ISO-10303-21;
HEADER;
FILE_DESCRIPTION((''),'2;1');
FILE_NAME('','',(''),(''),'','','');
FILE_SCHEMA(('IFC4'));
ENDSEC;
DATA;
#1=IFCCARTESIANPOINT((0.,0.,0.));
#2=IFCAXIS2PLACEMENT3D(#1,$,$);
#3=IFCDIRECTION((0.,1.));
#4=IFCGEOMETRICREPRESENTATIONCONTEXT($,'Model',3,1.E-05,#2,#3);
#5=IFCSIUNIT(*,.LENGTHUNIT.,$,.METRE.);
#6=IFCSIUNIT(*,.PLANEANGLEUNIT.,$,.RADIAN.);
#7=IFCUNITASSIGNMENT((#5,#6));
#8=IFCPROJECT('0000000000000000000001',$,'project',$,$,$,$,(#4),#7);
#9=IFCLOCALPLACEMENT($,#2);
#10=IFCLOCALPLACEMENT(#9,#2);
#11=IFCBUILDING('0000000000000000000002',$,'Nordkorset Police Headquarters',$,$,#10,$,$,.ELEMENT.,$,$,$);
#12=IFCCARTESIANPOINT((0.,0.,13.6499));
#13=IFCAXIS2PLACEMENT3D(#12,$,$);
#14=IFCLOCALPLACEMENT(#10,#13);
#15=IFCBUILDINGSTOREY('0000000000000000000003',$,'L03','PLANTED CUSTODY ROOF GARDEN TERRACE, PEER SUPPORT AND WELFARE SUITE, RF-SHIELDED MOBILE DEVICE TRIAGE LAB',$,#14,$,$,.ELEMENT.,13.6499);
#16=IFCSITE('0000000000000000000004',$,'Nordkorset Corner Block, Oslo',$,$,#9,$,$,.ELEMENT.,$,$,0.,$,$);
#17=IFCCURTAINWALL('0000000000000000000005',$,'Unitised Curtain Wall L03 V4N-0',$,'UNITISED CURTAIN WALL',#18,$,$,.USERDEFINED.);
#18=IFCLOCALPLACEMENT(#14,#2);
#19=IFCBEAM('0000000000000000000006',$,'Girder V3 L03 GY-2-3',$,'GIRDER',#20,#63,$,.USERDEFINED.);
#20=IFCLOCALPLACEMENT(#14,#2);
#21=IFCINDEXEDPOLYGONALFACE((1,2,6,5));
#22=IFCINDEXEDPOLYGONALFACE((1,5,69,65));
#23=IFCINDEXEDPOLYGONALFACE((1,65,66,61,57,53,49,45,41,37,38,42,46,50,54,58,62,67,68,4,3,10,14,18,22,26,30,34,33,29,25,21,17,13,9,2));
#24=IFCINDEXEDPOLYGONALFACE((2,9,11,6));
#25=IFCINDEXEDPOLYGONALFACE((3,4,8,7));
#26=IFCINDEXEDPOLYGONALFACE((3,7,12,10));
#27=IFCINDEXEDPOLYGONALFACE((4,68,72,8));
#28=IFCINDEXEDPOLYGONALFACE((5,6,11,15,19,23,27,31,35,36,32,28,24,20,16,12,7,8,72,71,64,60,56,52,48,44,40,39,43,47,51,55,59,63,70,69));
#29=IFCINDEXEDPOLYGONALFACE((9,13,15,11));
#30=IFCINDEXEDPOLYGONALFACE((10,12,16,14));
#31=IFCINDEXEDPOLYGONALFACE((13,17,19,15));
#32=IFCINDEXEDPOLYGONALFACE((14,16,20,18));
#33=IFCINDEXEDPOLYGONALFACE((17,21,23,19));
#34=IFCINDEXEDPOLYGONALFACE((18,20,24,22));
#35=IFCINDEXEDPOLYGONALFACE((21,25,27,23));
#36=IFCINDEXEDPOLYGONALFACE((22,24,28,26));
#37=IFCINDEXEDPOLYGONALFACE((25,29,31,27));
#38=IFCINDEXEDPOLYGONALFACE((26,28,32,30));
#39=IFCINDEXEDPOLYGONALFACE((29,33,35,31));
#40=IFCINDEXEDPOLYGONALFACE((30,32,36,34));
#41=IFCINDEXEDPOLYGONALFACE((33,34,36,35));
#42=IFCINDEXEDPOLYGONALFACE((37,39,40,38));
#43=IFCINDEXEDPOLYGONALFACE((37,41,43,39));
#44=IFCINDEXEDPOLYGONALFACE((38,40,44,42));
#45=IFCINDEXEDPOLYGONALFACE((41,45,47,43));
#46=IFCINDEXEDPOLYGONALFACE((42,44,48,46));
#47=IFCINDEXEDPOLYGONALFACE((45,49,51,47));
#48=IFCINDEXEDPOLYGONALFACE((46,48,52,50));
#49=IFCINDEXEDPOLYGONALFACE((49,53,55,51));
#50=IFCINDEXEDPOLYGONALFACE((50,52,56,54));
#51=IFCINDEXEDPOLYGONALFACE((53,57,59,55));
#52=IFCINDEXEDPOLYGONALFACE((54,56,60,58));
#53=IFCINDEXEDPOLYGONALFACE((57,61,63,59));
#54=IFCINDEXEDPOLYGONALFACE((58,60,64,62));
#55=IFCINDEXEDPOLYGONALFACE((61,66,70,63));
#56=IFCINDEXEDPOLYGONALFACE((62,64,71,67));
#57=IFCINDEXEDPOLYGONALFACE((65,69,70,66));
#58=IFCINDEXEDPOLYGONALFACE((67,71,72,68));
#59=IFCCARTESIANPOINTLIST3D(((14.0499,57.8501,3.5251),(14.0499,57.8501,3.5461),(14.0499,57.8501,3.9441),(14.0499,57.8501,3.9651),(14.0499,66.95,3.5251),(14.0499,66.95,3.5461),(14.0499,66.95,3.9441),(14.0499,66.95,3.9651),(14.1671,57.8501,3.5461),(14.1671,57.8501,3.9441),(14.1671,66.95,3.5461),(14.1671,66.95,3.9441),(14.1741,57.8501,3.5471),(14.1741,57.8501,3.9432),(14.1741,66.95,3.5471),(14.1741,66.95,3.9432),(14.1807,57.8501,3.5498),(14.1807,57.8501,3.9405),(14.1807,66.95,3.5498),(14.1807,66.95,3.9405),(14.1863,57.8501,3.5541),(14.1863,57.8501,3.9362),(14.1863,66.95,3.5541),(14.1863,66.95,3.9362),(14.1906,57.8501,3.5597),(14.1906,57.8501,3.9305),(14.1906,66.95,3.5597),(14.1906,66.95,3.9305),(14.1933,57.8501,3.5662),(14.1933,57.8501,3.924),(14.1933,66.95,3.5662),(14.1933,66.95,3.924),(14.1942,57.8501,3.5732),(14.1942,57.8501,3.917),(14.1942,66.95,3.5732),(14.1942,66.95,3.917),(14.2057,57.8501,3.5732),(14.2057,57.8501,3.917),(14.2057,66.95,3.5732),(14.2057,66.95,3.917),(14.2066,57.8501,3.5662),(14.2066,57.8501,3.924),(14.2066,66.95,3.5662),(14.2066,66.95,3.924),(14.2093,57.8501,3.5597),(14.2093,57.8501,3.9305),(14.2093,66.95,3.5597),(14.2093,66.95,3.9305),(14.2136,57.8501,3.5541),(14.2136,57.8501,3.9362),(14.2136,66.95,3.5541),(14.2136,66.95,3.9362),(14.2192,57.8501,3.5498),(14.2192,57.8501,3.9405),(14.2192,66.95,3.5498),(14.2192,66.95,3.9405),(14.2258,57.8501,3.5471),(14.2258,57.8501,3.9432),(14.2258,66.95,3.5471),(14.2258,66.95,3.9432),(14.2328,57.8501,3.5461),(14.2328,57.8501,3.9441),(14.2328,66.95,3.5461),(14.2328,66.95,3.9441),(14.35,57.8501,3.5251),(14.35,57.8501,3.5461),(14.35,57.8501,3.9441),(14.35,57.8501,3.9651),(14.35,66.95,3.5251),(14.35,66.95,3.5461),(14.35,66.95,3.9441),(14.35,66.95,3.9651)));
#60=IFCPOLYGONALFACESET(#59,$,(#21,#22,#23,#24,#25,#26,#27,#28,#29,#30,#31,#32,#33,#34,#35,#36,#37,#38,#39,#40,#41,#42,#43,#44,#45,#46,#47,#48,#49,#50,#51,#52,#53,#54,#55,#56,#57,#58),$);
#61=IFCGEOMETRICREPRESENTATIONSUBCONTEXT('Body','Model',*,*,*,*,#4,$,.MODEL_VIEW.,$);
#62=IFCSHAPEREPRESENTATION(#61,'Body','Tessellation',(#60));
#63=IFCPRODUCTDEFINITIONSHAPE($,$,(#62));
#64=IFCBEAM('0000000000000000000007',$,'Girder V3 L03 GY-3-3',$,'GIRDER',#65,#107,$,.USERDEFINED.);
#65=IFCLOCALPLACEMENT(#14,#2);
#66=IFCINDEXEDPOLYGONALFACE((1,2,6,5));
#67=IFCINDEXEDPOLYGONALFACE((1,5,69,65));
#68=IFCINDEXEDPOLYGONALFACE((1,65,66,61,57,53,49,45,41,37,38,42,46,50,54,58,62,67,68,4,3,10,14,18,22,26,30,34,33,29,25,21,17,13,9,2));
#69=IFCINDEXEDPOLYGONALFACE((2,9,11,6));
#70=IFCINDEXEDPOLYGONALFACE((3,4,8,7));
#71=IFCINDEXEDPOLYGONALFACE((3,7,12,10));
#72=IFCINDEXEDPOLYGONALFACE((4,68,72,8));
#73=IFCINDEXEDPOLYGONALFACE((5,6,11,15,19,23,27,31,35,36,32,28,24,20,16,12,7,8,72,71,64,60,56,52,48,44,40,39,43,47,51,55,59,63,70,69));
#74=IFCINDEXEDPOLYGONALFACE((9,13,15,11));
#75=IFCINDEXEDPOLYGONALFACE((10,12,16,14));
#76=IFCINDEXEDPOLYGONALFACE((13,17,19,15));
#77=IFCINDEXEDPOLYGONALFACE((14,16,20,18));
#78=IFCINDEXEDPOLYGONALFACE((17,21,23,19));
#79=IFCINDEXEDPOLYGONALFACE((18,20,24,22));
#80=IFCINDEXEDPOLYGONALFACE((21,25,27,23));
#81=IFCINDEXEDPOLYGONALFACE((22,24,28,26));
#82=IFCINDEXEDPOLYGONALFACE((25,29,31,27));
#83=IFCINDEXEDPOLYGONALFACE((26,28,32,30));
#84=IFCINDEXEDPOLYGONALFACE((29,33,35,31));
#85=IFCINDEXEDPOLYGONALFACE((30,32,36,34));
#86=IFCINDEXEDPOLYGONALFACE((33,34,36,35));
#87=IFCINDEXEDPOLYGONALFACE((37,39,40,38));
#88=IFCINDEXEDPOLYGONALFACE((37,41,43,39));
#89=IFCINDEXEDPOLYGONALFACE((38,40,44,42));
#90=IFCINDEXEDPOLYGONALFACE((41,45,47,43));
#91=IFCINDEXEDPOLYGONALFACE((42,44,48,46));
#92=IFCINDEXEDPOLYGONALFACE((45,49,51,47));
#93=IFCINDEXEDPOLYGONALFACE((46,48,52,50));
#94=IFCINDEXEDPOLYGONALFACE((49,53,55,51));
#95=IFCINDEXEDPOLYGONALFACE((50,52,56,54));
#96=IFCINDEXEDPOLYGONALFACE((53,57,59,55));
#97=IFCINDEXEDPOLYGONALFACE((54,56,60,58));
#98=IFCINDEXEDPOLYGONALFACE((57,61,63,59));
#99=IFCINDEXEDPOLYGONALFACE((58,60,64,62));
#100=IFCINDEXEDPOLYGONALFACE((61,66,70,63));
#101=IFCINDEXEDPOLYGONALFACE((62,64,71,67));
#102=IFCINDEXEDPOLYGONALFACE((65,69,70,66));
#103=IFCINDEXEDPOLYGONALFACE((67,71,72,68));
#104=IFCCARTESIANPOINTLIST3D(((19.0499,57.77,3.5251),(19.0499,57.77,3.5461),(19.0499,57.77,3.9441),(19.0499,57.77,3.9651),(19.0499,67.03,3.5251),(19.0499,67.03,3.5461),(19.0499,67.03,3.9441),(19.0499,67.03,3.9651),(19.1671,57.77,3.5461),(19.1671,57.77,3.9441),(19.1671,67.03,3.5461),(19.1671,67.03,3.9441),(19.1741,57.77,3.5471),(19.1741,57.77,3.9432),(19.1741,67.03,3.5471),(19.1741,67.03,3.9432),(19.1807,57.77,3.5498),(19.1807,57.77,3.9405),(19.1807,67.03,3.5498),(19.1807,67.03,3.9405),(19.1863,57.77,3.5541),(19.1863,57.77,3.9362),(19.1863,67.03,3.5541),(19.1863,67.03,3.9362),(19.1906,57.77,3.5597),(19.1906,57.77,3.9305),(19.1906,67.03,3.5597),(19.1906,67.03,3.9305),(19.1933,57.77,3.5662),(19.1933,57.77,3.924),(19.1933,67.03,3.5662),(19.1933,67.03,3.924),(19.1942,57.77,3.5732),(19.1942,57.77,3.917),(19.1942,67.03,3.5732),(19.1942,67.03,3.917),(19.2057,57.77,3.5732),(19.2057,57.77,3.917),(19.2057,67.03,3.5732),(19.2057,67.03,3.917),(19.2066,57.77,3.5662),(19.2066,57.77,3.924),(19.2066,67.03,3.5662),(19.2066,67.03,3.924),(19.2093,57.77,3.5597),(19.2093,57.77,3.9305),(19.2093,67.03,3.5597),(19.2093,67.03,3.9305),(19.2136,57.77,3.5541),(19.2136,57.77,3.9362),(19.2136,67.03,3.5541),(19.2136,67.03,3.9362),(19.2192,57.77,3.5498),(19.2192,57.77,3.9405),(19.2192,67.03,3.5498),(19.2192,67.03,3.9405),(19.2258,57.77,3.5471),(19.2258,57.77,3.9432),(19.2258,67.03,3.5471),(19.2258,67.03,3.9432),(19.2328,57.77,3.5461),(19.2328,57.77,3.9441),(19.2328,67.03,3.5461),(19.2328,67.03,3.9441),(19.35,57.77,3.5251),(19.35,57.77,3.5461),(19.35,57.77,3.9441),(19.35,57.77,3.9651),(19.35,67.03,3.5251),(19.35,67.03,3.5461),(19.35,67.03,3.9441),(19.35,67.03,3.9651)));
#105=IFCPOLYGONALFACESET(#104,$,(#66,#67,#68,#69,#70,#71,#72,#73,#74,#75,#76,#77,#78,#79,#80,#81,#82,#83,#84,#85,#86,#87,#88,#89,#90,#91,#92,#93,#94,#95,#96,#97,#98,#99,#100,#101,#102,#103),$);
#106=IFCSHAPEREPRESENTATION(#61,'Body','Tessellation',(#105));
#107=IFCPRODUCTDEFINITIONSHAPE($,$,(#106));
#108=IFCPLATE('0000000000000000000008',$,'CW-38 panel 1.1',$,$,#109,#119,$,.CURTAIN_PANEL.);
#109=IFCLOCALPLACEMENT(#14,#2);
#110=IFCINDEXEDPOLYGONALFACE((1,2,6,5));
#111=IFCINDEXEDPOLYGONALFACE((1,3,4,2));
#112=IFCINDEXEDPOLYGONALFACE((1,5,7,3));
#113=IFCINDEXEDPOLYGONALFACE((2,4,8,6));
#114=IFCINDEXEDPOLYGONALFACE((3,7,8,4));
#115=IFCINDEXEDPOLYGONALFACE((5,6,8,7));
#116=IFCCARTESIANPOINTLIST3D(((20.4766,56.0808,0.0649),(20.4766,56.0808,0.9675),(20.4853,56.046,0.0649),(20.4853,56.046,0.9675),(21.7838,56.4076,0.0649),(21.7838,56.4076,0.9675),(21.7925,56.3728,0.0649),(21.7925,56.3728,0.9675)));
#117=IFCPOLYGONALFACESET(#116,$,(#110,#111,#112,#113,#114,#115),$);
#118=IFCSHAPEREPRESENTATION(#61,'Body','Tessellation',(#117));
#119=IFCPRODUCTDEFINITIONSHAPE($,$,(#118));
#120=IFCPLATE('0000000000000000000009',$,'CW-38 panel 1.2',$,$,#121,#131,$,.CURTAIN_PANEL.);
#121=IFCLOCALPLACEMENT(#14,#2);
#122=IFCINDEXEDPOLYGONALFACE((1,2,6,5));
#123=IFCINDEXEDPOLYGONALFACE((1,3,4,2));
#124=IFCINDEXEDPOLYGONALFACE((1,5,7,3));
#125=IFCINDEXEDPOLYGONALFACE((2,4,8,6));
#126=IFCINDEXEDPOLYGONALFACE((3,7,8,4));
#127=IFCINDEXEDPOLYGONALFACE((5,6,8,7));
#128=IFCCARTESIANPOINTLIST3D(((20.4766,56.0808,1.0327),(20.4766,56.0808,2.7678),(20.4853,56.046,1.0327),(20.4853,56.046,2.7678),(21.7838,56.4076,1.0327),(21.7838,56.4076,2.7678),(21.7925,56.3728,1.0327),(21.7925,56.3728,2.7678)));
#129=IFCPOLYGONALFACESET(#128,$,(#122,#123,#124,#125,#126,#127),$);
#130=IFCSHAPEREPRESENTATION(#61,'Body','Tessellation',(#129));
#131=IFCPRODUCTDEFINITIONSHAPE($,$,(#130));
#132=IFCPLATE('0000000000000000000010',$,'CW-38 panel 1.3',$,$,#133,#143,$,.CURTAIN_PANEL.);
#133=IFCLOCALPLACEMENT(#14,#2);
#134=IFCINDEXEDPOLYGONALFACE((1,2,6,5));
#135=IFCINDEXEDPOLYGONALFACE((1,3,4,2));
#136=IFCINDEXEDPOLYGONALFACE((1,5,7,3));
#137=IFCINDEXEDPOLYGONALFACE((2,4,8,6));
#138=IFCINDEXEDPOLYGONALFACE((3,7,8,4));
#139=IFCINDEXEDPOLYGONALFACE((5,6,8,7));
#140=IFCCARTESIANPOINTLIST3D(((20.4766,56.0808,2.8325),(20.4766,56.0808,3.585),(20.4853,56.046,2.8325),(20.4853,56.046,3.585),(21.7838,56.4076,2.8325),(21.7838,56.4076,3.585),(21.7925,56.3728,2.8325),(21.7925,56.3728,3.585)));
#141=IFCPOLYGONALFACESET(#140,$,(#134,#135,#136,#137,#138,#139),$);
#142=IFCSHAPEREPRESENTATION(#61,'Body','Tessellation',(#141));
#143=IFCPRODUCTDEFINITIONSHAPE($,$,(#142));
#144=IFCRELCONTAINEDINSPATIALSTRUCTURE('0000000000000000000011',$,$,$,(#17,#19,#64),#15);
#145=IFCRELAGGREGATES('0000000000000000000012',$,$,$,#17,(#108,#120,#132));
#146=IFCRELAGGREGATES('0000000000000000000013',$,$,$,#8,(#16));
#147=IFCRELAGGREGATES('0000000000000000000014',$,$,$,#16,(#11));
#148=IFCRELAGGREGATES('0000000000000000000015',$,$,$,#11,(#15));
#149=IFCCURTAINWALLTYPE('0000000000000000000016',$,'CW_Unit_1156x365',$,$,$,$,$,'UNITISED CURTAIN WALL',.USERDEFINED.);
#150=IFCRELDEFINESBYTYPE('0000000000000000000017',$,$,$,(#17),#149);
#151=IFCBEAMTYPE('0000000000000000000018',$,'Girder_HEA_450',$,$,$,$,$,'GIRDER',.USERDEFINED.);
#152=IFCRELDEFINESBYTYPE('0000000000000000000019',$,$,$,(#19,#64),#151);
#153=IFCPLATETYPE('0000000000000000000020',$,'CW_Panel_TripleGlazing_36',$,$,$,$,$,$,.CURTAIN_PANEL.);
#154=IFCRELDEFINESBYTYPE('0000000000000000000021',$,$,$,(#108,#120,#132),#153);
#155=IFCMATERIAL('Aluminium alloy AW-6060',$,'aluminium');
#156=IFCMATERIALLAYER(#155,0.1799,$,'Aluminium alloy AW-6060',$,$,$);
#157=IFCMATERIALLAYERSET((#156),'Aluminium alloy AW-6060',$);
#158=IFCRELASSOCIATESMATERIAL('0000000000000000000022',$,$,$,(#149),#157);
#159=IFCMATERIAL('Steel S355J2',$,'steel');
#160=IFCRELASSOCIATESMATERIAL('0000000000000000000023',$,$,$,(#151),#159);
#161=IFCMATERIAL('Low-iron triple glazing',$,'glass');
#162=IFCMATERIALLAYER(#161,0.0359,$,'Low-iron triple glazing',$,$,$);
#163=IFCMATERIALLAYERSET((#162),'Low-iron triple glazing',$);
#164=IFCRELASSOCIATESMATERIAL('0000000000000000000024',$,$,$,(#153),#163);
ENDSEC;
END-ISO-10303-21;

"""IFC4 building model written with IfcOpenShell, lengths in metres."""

from ifc_helpers import new_model, si_unit, direction, frame, origin, origin_2d, place, context, subcontext, project, spatial, rectangle, i_section, extrude, material, layer, layer_set, material_profile, profile_set, type_object, element, aggregate, save


model = new_model("IFC4")

# Units and contexts
model_context = context("Model", 3, precision=1e-05, world=origin(), true_north=direction((0.0, 1.0)))
body_context = subcontext(model_context, "Body", "Model", "MODEL_VIEW")
ifc_project = project(units=[si_unit("LENGTHUNIT", "METRE"), si_unit("PLANEANGLEUNIT", "RADIAN")], contexts=[model_context])

# Site, building, storey
site_placement = place(None, origin())
site = spatial("IfcSite", under=ifc_project, at=site_placement, Name="Nordkorset Corner Block, Oslo", CompositionType="ELEMENT", RefElevation=0.0)
building_placement = place(site_placement, origin())
building = spatial("IfcBuilding", under=site, at=building_placement, Name="Nordkorset Police Headquarters", CompositionType="ELEMENT")
storey_placement = place(building_placement, frame((0.0, 0.0, 13.6499)))
storey = spatial("IfcBuildingStorey", under=building, at=storey_placement, Name="L03", Description="PLANTED CUSTODY ROOF GARDEN TERRACE, PEER SUPPORT AND WELFARE SUITE, RF-SHIELDED MOBILE DEVICE TRIAGE LAB", CompositionType="ELEMENT", Elevation=13.6499)

# Curtain wall
ifc_material_1 = material(Name="Aluminium alloy AW-6060", Category="aluminium")
ifc_layer_1 = layer(ifc_material_1, 0.1799, Name="Aluminium alloy AW-6060")
ifc_layer_set_1 = layer_set([ifc_layer_1], Name="Aluminium alloy AW-6060")
curtain_wall_type_1 = type_object("IfcCurtainWallType", Name="CW_Unit_1156x365", ElementType="UNITISED CURTAIN WALL", PredefinedType="USERDEFINED", material=ifc_layer_set_1)
curtain_wall_1_placement = place(storey_placement, origin())
curtain_wall_1 = element("IfcCurtainWall", 1, at=curtain_wall_1_placement, inside=storey, type_object=curtain_wall_type_1, Name="Unitised Curtain Wall L03 V4N-0", ObjectType="UNITISED CURTAIN WALL", PredefinedType="USERDEFINED")

# Beams
ifc_material_2 = material(Name="Steel S355J2", Category="steel")
ifc_material_profile_1 = material_profile(ifc_material_2, i_section(OverallWidth=0.3, OverallDepth=0.4399, WebThickness=0.0115, FlangeThickness=0.021, FilletRadius=0.0271, at=origin_2d()), Name="HEA 450")
ifc_profile_set_1 = profile_set([ifc_material_profile_1], Name="Steel S355J2")
beam_type_1 = type_object("IfcBeamType", Name="Girder_HEA_450", ElementType="GIRDER", PredefinedType="USERDEFINED", material=ifc_profile_set_1)
beam_1_placement = place(storey_placement, frame((14.2, 57.8501, 3.7451), z_axis=(0.0, 1.0, 0.0), x_axis=(-1.0, 0.0, 0.0)))
element("IfcBeam", 2, at=beam_1_placement, inside=storey, type_object=beam_type_1, Name="Girder V3 L03 GY-2-3", ObjectType="GIRDER", PredefinedType="USERDEFINED", context=body_context, shape_type="SweptSolid", body=[
    extrude(i_section(OverallWidth=0.3, OverallDepth=0.4399, WebThickness=0.0115, FlangeThickness=0.021, FilletRadius=0.0271, at=origin_2d()), origin(), (0.0, 0.0, 1.0), 9.0999),
])
beam_2_placement = place(storey_placement, frame((19.2, 57.77, 3.7451), z_axis=(0.0, 1.0, 0.0), x_axis=(-1.0, 0.0, 0.0)))
element("IfcBeam", 3, at=beam_2_placement, inside=storey, type_object=beam_type_1, Name="Girder V3 L03 GY-3-3", ObjectType="GIRDER", PredefinedType="USERDEFINED", context=body_context, shape_type="SweptSolid", body=[
    extrude(i_section(OverallWidth=0.3, OverallDepth=0.4399, WebThickness=0.0115, FlangeThickness=0.021, FilletRadius=0.0271, at=origin_2d()), origin(), (0.0, 0.0, 1.0), 9.26),
])

# Plates
ifc_material_3 = material(Name="Low-iron triple glazing", Category="glass")
ifc_layer_2 = layer(ifc_material_3, 0.0359, Name="Low-iron triple glazing")
ifc_layer_set_2 = layer_set([ifc_layer_2], Name="Low-iron triple glazing")
plate_type = type_object("IfcPlateType", Name="CW_Panel_TripleGlazing_36", PredefinedType="CURTAIN_PANEL", material=ifc_layer_set_2)
plate_1_placement = place(storey_placement, frame((21.1345, 56.2268, 0.0649), z_axis=(0.0, 0.0, 1.0), x_axis=(0.970142, 0.242536, 0.0)))
plate_1 = element("IfcPlate", 4, at=plate_1_placement, type_object=plate_type, Name="CW-38 panel 1.1", PredefinedType="CURTAIN_PANEL", context=body_context, shape_type="SweptSolid", body=[
    extrude(rectangle(XDim=1.3474, YDim=0.0359, at=origin_2d()), origin(), (0.0, 0.0, 1.0), 0.9026),
])
plate_2_placement = place(storey_placement, frame((21.1345, 56.2268, 1.0327), z_axis=(0.0, 0.0, 1.0), x_axis=(0.970142, 0.242536, 0.0)))
plate_2 = element("IfcPlate", 5, at=plate_2_placement, type_object=plate_type, Name="CW-38 panel 1.2", PredefinedType="CURTAIN_PANEL", context=body_context, shape_type="SweptSolid", body=[
    extrude(rectangle(XDim=1.3474, YDim=0.0359, at=origin_2d()), origin(), (0.0, 0.0, 1.0), 1.7351),
])
plate_3_placement = place(storey_placement, frame((21.1345, 56.2268, 2.8325), z_axis=(0.0, 0.0, 1.0), x_axis=(0.970142, 0.242536, 0.0)))
plate_3 = element("IfcPlate", 6, at=plate_3_placement, type_object=plate_type, Name="CW-38 panel 1.3", PredefinedType="CURTAIN_PANEL", context=body_context, shape_type="SweptSolid", body=[
    extrude(rectangle(XDim=1.3474, YDim=0.0359, at=origin_2d()), origin(), (0.0, 0.0, 1.0), 0.7524),
])
aggregate(curtain_wall_1, [plate_1, plate_2, plate_3])

save(model, "model.ifc")
